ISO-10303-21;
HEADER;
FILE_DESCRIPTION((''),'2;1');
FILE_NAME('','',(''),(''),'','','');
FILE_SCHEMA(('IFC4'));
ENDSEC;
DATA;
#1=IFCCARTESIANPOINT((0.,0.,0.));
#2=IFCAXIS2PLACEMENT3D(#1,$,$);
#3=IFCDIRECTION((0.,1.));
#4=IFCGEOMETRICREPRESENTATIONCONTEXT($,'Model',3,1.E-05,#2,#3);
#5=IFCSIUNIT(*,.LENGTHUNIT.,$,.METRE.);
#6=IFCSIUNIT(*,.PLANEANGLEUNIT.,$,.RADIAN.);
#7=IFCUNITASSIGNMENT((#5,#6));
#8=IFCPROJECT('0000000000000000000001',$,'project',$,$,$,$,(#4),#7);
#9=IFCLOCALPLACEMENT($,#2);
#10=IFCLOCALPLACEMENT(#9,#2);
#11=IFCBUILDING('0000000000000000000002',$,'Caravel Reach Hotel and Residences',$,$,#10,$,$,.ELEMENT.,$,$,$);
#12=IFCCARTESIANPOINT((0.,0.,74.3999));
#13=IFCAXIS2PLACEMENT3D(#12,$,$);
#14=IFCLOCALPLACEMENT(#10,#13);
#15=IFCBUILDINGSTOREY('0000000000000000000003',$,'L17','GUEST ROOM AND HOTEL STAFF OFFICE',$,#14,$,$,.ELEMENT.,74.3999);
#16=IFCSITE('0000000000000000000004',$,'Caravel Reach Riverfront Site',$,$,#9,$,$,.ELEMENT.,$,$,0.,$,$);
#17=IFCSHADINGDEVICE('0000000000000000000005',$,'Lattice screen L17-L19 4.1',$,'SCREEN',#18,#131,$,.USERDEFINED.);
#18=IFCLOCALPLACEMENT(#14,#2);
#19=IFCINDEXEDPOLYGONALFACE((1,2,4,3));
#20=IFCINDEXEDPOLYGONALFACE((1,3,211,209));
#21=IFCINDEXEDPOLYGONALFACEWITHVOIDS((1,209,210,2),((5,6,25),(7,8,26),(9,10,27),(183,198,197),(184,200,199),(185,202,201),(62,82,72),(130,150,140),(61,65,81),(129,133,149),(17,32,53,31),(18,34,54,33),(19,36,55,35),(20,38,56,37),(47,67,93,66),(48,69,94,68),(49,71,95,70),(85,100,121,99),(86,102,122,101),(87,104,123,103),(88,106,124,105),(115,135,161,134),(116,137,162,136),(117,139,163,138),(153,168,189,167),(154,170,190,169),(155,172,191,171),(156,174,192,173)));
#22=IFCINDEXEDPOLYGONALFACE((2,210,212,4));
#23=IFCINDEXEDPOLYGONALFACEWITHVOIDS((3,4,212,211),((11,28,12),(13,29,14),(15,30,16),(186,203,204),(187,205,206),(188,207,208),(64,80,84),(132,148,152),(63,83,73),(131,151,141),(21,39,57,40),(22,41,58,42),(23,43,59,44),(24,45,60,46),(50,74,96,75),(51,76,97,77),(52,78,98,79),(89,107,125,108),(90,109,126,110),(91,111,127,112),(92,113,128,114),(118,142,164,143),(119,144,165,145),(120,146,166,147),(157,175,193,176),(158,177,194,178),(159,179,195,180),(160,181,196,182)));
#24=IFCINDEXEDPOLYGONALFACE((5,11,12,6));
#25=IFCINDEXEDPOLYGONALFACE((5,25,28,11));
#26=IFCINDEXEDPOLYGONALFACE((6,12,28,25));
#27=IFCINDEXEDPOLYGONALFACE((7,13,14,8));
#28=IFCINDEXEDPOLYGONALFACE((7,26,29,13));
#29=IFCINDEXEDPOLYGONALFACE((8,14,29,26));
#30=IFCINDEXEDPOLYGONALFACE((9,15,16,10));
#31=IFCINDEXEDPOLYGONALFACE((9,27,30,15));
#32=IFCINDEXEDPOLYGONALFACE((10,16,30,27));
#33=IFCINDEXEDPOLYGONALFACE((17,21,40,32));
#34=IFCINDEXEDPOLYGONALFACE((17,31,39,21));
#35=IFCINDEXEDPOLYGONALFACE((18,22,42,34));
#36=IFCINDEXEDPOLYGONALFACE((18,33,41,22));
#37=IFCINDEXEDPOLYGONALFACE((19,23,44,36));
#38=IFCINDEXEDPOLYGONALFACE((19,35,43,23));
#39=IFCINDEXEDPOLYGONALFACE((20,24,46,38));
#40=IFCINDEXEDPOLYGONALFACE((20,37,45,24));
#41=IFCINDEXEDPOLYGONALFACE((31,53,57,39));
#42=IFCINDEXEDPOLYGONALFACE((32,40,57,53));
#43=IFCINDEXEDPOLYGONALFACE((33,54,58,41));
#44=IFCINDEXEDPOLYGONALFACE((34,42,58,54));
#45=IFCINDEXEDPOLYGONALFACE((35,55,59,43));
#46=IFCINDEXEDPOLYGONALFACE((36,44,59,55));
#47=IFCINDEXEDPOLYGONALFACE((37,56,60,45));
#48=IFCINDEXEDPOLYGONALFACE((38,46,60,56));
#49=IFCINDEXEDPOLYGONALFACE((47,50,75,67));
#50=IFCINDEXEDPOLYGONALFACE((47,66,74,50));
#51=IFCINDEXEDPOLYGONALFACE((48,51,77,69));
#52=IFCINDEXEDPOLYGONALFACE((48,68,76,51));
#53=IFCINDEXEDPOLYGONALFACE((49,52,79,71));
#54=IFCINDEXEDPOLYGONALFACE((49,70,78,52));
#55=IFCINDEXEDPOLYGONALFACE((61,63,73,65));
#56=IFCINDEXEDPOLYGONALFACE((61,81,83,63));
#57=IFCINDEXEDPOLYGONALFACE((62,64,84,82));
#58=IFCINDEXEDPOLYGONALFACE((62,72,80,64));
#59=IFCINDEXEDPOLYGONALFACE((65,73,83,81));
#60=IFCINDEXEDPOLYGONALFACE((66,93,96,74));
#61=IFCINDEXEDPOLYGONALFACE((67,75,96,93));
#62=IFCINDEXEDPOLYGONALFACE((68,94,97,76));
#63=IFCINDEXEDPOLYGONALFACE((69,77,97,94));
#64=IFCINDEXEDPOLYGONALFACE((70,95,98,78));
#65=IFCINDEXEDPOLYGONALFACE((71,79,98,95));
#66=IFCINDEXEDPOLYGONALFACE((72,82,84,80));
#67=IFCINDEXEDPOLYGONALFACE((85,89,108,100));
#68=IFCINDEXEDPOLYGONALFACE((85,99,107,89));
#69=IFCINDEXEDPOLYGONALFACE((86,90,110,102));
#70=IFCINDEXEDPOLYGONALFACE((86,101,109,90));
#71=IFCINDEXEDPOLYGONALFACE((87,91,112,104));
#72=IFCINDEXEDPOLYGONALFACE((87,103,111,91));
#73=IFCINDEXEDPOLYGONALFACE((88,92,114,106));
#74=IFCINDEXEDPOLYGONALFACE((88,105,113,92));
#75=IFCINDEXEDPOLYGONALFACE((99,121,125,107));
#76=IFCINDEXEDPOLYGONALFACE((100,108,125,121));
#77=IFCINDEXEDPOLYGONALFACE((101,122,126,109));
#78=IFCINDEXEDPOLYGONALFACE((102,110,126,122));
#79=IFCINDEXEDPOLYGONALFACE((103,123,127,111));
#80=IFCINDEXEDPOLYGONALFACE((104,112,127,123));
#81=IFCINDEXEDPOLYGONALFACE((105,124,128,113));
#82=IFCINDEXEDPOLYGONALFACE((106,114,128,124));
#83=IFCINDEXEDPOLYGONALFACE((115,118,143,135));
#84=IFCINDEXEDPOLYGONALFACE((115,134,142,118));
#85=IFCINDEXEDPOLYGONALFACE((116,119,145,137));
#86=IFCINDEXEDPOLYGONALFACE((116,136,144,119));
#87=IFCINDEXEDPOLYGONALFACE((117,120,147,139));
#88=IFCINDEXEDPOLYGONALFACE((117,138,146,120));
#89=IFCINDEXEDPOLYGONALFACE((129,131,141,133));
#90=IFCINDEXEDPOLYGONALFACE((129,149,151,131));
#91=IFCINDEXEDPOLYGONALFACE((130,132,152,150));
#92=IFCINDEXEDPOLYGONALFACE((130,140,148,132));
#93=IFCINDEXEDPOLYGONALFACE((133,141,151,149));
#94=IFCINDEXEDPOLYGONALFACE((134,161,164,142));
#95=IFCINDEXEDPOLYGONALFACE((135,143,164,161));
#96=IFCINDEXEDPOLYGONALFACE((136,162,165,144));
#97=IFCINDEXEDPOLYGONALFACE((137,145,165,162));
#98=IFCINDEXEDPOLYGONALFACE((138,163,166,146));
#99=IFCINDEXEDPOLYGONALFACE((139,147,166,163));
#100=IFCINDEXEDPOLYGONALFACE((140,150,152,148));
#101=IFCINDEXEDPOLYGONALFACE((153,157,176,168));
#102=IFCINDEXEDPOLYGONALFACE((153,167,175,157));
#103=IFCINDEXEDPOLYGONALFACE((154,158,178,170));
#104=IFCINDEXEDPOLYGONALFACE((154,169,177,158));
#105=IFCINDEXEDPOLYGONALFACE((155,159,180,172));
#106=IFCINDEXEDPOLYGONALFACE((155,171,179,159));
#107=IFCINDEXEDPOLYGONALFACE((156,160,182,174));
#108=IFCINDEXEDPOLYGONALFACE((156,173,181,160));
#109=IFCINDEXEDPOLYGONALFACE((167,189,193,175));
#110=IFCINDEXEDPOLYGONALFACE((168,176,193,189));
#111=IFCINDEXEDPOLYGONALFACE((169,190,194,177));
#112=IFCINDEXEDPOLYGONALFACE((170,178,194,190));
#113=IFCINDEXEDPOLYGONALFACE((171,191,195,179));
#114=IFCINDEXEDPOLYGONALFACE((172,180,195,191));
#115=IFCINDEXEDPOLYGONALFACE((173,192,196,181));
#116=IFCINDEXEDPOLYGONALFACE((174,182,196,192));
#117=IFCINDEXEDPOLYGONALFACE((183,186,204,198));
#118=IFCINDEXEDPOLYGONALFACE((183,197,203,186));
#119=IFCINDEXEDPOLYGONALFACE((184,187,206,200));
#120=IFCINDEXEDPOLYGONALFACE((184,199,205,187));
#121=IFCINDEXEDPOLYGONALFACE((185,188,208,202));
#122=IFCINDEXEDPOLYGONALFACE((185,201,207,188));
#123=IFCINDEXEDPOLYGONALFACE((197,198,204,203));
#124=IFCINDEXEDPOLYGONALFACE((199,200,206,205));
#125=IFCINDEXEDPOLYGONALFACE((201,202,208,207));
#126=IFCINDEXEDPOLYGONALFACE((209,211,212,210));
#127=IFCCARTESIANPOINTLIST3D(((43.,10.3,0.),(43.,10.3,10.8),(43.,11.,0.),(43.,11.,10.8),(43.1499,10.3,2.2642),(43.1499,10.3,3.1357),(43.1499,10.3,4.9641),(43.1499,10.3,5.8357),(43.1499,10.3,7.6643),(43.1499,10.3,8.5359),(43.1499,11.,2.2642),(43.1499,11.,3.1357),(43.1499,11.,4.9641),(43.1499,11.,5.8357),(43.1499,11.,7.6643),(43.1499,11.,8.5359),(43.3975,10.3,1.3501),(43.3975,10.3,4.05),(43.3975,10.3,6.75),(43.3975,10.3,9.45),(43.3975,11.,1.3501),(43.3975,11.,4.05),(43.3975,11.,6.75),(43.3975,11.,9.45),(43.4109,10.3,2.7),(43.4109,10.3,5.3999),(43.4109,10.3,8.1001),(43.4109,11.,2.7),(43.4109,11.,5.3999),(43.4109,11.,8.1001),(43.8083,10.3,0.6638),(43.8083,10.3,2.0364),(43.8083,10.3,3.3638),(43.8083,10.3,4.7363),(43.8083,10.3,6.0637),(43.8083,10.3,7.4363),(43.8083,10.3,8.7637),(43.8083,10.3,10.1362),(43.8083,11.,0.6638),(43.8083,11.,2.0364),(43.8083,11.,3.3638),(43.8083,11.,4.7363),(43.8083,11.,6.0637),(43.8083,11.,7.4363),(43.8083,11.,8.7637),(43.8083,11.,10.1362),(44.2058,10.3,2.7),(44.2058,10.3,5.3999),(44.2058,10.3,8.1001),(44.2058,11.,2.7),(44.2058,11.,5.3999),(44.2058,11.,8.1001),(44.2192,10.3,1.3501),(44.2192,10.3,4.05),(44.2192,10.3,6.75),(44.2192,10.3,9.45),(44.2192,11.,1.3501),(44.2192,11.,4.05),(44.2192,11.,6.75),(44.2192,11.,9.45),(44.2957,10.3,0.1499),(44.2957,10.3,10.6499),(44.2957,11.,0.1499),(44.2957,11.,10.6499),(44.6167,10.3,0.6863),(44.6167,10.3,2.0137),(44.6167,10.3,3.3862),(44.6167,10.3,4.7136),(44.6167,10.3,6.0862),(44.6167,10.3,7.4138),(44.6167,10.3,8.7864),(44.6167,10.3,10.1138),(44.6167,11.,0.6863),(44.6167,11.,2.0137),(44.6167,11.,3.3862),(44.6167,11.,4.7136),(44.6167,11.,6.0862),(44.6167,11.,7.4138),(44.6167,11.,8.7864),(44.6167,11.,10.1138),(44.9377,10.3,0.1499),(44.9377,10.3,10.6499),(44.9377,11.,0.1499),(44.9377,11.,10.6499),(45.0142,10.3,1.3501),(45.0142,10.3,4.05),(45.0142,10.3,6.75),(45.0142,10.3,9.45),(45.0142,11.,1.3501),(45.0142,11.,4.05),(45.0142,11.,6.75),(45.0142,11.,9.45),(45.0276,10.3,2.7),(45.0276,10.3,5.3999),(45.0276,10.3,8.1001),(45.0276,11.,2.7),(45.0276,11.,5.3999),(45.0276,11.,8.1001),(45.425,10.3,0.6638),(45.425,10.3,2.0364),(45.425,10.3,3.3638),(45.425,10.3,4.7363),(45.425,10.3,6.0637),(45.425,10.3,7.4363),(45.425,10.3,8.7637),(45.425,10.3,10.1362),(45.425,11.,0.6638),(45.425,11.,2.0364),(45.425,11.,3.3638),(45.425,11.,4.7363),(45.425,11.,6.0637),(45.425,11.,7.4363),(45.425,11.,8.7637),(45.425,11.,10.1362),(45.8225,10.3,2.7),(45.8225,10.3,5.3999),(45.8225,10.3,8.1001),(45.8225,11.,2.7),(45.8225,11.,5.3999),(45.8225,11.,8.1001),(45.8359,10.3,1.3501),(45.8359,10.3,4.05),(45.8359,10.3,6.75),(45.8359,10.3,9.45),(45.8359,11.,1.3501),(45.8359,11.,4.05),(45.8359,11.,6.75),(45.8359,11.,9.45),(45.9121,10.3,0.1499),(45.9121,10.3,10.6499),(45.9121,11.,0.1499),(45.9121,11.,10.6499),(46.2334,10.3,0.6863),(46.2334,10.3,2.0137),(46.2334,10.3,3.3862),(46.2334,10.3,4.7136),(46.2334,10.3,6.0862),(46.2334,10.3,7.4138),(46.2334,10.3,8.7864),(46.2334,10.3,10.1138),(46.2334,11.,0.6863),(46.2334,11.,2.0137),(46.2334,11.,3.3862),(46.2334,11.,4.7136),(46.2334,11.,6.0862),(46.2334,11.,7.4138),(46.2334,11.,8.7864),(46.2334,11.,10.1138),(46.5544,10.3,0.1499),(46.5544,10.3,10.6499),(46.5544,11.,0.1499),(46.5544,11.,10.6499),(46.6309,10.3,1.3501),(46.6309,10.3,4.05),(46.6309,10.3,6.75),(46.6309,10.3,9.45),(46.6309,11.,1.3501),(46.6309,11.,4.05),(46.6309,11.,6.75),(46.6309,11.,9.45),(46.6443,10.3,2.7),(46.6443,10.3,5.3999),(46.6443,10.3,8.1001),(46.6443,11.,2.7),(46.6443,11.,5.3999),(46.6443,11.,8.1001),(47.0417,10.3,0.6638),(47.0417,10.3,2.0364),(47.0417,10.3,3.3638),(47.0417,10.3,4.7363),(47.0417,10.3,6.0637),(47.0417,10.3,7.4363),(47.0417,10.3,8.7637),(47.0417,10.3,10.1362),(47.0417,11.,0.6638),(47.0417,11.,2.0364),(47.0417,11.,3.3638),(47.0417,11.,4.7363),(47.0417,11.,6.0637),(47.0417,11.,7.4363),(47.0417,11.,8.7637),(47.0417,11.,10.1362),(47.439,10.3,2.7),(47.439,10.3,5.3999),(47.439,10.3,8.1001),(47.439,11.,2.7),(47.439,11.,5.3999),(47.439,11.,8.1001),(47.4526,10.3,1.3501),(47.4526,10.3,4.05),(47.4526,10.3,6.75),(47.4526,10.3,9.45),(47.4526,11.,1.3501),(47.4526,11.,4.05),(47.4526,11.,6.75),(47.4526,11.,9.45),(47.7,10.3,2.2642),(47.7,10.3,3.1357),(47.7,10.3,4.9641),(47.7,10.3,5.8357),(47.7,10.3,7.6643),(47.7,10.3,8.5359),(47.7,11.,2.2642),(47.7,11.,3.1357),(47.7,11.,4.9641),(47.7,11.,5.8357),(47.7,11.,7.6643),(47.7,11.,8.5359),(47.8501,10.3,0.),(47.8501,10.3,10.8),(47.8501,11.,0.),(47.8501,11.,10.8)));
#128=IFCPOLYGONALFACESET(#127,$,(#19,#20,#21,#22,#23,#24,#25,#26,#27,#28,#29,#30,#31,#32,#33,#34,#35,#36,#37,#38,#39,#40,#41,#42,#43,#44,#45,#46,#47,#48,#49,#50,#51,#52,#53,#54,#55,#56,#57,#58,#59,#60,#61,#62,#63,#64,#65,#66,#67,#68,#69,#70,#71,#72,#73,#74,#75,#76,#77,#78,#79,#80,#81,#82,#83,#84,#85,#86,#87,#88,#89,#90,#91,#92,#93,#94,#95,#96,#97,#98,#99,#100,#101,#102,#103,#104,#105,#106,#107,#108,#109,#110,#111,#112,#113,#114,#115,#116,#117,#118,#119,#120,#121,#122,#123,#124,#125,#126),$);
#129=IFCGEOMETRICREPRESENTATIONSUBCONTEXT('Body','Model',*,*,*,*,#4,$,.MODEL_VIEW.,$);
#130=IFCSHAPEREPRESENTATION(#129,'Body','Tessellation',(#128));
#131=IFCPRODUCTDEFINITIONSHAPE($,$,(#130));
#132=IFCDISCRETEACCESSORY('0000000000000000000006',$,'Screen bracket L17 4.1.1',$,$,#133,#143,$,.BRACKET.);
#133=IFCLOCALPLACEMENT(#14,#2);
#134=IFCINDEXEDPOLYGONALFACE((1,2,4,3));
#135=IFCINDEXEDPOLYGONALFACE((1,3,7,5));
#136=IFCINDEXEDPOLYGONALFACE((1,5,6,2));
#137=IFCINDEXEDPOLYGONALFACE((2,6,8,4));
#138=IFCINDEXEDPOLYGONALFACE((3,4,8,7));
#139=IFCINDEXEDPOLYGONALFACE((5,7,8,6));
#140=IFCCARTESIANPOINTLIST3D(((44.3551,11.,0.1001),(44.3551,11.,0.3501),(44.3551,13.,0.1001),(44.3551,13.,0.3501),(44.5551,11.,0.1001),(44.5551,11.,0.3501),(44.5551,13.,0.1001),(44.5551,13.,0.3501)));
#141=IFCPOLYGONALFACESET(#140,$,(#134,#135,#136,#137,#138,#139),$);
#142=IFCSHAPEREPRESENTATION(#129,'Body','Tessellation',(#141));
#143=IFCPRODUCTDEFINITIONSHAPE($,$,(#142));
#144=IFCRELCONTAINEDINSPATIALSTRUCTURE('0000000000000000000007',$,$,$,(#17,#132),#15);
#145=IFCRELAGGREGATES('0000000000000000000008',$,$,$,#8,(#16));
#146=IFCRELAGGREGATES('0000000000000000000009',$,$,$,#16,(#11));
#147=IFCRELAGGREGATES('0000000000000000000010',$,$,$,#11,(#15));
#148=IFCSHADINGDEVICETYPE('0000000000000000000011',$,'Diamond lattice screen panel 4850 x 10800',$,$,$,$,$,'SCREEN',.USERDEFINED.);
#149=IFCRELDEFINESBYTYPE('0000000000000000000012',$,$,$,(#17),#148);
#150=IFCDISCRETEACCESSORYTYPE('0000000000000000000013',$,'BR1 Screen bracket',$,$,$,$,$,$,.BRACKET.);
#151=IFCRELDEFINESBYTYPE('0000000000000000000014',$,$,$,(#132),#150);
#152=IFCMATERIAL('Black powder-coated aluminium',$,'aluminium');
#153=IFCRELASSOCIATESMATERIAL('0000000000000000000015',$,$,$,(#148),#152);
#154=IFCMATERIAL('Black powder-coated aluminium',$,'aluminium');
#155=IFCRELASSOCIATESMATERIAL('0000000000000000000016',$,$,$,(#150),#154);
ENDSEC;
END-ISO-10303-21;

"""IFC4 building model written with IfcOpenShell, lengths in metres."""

from ifc_helpers import new_model, si_unit, direction, frame, origin, origin_2d, place, context, subcontext, project, spatial, polyline, rectangle, outline, extrude, material, type_object, element, save


model = new_model("IFC4")

# Units and contexts
model_context = context("Model", 3, precision=1e-05, world=origin(), true_north=direction((0.0, 1.0)))
body_context = subcontext(model_context, "Body", "Model", "MODEL_VIEW")
ifc_project = project(units=[si_unit("LENGTHUNIT", "METRE"), si_unit("PLANEANGLEUNIT", "RADIAN")], contexts=[model_context])

# Site, building, storey
site_placement = place(None, origin())
site = spatial("IfcSite", under=ifc_project, at=site_placement, Name="Caravel Reach Riverfront Site", CompositionType="ELEMENT", RefElevation=0.0)
building_placement = place(site_placement, origin())
building = spatial("IfcBuilding", under=site, at=building_placement, Name="Caravel Reach Hotel and Residences", CompositionType="ELEMENT")
storey_placement = place(building_placement, frame((0.0, 0.0, 74.3999)))
storey = spatial("IfcBuildingStorey", under=building, at=storey_placement, Name="L17", Description="GUEST ROOM AND HOTEL STAFF OFFICE", CompositionType="ELEMENT", Elevation=74.3999)

# Shading device
ifc_material_1 = material(Name="Black powder-coated aluminium", Category="aluminium")
shading_device_type = type_object("IfcShadingDeviceType", Name="Diamond lattice screen panel 4850 x 10800", ElementType="SCREEN", PredefinedType="USERDEFINED", material=ifc_material_1)
shading_device_placement = place(storey_placement, frame((43.0, 11.0, 0.0), z_axis=(0.0, -1.0, 0.0), x_axis=(1.0, 0.0, 0.0)))
element("IfcShadingDevice", 1, at=shading_device_placement, inside=storey, type_object=shading_device_type, Name="Lattice screen L17-L19 4.1", ObjectType="SCREEN", PredefinedType="USERDEFINED", context=body_context, shape_type="SweptSolid", body=[
    extrude(outline(polyline([(0.0, 0.0), (4.8501, 0.0), (4.8501, 10.8), (0.0, 10.8), (0.0, 0.0)]), holes=[polyline([(0.4109, 2.7), (0.1499, 3.1357), (0.1499, 2.2642), (0.4109, 2.7)]), polyline([(0.4109, 5.3999), (0.1499, 5.8357), (0.1499, 4.9641), (0.4109, 5.3999)]), polyline([(0.4109, 8.1001), (0.1499, 8.5359), (0.1499, 7.6643), (0.4109, 8.1001)]), polyline([(0.8083, 2.0364), (0.3975, 1.3501), (0.8083, 0.6638), (1.2192, 1.3501), (0.8083, 2.0364)]), polyline([(0.8083, 4.7363), (0.3975, 4.05), (0.8083, 3.3638), (1.2192, 4.05), (0.8083, 4.7363)]), polyline([(0.8083, 7.4363), (0.3975, 6.75), (0.8083, 6.0637), (1.2192, 6.75), (0.8083, 7.4363)]), polyline([(0.8083, 10.1362), (0.3975, 9.45), (0.8083, 8.7637), (1.2192, 9.45), (0.8083, 10.1362)]), polyline([(1.6167, 0.6863), (1.2957, 0.1499), (1.9377, 0.1499), (1.6167, 0.6863)]), polyline([(1.6167, 3.3862), (1.2058, 2.7), (1.6167, 2.0137), (2.0276, 2.7), (1.6167, 3.3862)]), polyline([(1.6167, 6.0862), (1.2058, 5.3999), (1.6167, 4.7136), (2.0276, 5.3999), (1.6167, 6.0862)]), polyline([(1.6167, 8.7864), (1.2058, 8.1001), (1.6167, 7.4138), (2.0276, 8.1001), (1.6167, 8.7864)]), polyline([(1.6167, 10.1138), (1.9377, 10.6499), (1.2957, 10.6499), (1.6167, 10.1138)]), polyline([(2.425, 2.0364), (2.0142, 1.3501), (2.425, 0.6638), (2.8359, 1.3501), (2.425, 2.0364)]), polyline([(2.425, 4.7363), (2.0142, 4.05), (2.425, 3.3638), (2.8359, 4.05), (2.425, 4.7363)]), polyline([(2.425, 7.4363), (2.0142, 6.75), (2.425, 6.0637), (2.8359, 6.75), (2.425, 7.4363)]), polyline([(2.425, 10.1362), (2.0142, 9.45), (2.425, 8.7637), (2.8359, 9.45), (2.425, 10.1362)]), polyline([(3.2334, 0.6863), (2.9121, 0.1499), (3.5544, 0.1499), (3.2334, 0.6863)]), polyline([(3.2334, 3.3862), (2.8225, 2.7), (3.2334, 2.0137), (3.6443, 2.7), (3.2334, 3.3862)]), polyline([(3.2334, 6.0862), (2.8225, 5.3999), (3.2334, 4.7136), (3.6443, 5.3999), (3.2334, 6.0862)]), polyline([(3.2334, 8.7864), (2.8225, 8.1001), (3.2334, 7.4138), (3.6443, 8.1001), (3.2334, 8.7864)]), polyline([(3.2334, 10.1138), (3.5544, 10.6499), (2.9121, 10.6499), (3.2334, 10.1138)]), polyline([(4.0417, 2.0364), (3.6309, 1.3501), (4.0417, 0.6638), (4.4526, 1.3501), (4.0417, 2.0364)]), polyline([(4.0417, 4.7363), (3.6309, 4.05), (4.0417, 3.3638), (4.4526, 4.05), (4.0417, 4.7363)]), polyline([(4.0417, 7.4363), (3.6309, 6.75), (4.0417, 6.0637), (4.4526, 6.75), (4.0417, 7.4363)]), polyline([(4.0417, 10.1362), (3.6309, 9.45), (4.0417, 8.7637), (4.4526, 9.45), (4.0417, 10.1362)]), polyline([(4.439, 2.7), (4.7, 2.2642), (4.7, 3.1357), (4.439, 2.7)]), polyline([(4.439, 5.3999), (4.7, 4.9641), (4.7, 5.8357), (4.439, 5.3999)]), polyline([(4.439, 8.1001), (4.7, 7.6643), (4.7, 8.5359), (4.439, 8.1001)])]), origin(), (0.0, 0.0, 1.0), 0.7),
])

# Discrete accessory
ifc_material_2 = material(Name="Black powder-coated aluminium", Category="aluminium")
discrete_accessory_type = type_object("IfcDiscreteAccessoryType", Name="BR1 Screen bracket", PredefinedType="BRACKET", material=ifc_material_2)
discrete_accessory_placement = place(storey_placement, frame((44.4551, 12.0, 0.1001), z_axis=(0.0, 0.0, 1.0), x_axis=(0.0, -1.0, 0.0)))
element("IfcDiscreteAccessory", 2, at=discrete_accessory_placement, inside=storey, type_object=discrete_accessory_type, Name="Screen bracket L17 4.1.1", PredefinedType="BRACKET", context=body_context, shape_type="SweptSolid", body=[
    extrude(rectangle(XDim=2.0, YDim=0.2, at=origin_2d()), origin(), (0.0, 0.0, 1.0), 0.25),
])

save(model, "model.ifc")
